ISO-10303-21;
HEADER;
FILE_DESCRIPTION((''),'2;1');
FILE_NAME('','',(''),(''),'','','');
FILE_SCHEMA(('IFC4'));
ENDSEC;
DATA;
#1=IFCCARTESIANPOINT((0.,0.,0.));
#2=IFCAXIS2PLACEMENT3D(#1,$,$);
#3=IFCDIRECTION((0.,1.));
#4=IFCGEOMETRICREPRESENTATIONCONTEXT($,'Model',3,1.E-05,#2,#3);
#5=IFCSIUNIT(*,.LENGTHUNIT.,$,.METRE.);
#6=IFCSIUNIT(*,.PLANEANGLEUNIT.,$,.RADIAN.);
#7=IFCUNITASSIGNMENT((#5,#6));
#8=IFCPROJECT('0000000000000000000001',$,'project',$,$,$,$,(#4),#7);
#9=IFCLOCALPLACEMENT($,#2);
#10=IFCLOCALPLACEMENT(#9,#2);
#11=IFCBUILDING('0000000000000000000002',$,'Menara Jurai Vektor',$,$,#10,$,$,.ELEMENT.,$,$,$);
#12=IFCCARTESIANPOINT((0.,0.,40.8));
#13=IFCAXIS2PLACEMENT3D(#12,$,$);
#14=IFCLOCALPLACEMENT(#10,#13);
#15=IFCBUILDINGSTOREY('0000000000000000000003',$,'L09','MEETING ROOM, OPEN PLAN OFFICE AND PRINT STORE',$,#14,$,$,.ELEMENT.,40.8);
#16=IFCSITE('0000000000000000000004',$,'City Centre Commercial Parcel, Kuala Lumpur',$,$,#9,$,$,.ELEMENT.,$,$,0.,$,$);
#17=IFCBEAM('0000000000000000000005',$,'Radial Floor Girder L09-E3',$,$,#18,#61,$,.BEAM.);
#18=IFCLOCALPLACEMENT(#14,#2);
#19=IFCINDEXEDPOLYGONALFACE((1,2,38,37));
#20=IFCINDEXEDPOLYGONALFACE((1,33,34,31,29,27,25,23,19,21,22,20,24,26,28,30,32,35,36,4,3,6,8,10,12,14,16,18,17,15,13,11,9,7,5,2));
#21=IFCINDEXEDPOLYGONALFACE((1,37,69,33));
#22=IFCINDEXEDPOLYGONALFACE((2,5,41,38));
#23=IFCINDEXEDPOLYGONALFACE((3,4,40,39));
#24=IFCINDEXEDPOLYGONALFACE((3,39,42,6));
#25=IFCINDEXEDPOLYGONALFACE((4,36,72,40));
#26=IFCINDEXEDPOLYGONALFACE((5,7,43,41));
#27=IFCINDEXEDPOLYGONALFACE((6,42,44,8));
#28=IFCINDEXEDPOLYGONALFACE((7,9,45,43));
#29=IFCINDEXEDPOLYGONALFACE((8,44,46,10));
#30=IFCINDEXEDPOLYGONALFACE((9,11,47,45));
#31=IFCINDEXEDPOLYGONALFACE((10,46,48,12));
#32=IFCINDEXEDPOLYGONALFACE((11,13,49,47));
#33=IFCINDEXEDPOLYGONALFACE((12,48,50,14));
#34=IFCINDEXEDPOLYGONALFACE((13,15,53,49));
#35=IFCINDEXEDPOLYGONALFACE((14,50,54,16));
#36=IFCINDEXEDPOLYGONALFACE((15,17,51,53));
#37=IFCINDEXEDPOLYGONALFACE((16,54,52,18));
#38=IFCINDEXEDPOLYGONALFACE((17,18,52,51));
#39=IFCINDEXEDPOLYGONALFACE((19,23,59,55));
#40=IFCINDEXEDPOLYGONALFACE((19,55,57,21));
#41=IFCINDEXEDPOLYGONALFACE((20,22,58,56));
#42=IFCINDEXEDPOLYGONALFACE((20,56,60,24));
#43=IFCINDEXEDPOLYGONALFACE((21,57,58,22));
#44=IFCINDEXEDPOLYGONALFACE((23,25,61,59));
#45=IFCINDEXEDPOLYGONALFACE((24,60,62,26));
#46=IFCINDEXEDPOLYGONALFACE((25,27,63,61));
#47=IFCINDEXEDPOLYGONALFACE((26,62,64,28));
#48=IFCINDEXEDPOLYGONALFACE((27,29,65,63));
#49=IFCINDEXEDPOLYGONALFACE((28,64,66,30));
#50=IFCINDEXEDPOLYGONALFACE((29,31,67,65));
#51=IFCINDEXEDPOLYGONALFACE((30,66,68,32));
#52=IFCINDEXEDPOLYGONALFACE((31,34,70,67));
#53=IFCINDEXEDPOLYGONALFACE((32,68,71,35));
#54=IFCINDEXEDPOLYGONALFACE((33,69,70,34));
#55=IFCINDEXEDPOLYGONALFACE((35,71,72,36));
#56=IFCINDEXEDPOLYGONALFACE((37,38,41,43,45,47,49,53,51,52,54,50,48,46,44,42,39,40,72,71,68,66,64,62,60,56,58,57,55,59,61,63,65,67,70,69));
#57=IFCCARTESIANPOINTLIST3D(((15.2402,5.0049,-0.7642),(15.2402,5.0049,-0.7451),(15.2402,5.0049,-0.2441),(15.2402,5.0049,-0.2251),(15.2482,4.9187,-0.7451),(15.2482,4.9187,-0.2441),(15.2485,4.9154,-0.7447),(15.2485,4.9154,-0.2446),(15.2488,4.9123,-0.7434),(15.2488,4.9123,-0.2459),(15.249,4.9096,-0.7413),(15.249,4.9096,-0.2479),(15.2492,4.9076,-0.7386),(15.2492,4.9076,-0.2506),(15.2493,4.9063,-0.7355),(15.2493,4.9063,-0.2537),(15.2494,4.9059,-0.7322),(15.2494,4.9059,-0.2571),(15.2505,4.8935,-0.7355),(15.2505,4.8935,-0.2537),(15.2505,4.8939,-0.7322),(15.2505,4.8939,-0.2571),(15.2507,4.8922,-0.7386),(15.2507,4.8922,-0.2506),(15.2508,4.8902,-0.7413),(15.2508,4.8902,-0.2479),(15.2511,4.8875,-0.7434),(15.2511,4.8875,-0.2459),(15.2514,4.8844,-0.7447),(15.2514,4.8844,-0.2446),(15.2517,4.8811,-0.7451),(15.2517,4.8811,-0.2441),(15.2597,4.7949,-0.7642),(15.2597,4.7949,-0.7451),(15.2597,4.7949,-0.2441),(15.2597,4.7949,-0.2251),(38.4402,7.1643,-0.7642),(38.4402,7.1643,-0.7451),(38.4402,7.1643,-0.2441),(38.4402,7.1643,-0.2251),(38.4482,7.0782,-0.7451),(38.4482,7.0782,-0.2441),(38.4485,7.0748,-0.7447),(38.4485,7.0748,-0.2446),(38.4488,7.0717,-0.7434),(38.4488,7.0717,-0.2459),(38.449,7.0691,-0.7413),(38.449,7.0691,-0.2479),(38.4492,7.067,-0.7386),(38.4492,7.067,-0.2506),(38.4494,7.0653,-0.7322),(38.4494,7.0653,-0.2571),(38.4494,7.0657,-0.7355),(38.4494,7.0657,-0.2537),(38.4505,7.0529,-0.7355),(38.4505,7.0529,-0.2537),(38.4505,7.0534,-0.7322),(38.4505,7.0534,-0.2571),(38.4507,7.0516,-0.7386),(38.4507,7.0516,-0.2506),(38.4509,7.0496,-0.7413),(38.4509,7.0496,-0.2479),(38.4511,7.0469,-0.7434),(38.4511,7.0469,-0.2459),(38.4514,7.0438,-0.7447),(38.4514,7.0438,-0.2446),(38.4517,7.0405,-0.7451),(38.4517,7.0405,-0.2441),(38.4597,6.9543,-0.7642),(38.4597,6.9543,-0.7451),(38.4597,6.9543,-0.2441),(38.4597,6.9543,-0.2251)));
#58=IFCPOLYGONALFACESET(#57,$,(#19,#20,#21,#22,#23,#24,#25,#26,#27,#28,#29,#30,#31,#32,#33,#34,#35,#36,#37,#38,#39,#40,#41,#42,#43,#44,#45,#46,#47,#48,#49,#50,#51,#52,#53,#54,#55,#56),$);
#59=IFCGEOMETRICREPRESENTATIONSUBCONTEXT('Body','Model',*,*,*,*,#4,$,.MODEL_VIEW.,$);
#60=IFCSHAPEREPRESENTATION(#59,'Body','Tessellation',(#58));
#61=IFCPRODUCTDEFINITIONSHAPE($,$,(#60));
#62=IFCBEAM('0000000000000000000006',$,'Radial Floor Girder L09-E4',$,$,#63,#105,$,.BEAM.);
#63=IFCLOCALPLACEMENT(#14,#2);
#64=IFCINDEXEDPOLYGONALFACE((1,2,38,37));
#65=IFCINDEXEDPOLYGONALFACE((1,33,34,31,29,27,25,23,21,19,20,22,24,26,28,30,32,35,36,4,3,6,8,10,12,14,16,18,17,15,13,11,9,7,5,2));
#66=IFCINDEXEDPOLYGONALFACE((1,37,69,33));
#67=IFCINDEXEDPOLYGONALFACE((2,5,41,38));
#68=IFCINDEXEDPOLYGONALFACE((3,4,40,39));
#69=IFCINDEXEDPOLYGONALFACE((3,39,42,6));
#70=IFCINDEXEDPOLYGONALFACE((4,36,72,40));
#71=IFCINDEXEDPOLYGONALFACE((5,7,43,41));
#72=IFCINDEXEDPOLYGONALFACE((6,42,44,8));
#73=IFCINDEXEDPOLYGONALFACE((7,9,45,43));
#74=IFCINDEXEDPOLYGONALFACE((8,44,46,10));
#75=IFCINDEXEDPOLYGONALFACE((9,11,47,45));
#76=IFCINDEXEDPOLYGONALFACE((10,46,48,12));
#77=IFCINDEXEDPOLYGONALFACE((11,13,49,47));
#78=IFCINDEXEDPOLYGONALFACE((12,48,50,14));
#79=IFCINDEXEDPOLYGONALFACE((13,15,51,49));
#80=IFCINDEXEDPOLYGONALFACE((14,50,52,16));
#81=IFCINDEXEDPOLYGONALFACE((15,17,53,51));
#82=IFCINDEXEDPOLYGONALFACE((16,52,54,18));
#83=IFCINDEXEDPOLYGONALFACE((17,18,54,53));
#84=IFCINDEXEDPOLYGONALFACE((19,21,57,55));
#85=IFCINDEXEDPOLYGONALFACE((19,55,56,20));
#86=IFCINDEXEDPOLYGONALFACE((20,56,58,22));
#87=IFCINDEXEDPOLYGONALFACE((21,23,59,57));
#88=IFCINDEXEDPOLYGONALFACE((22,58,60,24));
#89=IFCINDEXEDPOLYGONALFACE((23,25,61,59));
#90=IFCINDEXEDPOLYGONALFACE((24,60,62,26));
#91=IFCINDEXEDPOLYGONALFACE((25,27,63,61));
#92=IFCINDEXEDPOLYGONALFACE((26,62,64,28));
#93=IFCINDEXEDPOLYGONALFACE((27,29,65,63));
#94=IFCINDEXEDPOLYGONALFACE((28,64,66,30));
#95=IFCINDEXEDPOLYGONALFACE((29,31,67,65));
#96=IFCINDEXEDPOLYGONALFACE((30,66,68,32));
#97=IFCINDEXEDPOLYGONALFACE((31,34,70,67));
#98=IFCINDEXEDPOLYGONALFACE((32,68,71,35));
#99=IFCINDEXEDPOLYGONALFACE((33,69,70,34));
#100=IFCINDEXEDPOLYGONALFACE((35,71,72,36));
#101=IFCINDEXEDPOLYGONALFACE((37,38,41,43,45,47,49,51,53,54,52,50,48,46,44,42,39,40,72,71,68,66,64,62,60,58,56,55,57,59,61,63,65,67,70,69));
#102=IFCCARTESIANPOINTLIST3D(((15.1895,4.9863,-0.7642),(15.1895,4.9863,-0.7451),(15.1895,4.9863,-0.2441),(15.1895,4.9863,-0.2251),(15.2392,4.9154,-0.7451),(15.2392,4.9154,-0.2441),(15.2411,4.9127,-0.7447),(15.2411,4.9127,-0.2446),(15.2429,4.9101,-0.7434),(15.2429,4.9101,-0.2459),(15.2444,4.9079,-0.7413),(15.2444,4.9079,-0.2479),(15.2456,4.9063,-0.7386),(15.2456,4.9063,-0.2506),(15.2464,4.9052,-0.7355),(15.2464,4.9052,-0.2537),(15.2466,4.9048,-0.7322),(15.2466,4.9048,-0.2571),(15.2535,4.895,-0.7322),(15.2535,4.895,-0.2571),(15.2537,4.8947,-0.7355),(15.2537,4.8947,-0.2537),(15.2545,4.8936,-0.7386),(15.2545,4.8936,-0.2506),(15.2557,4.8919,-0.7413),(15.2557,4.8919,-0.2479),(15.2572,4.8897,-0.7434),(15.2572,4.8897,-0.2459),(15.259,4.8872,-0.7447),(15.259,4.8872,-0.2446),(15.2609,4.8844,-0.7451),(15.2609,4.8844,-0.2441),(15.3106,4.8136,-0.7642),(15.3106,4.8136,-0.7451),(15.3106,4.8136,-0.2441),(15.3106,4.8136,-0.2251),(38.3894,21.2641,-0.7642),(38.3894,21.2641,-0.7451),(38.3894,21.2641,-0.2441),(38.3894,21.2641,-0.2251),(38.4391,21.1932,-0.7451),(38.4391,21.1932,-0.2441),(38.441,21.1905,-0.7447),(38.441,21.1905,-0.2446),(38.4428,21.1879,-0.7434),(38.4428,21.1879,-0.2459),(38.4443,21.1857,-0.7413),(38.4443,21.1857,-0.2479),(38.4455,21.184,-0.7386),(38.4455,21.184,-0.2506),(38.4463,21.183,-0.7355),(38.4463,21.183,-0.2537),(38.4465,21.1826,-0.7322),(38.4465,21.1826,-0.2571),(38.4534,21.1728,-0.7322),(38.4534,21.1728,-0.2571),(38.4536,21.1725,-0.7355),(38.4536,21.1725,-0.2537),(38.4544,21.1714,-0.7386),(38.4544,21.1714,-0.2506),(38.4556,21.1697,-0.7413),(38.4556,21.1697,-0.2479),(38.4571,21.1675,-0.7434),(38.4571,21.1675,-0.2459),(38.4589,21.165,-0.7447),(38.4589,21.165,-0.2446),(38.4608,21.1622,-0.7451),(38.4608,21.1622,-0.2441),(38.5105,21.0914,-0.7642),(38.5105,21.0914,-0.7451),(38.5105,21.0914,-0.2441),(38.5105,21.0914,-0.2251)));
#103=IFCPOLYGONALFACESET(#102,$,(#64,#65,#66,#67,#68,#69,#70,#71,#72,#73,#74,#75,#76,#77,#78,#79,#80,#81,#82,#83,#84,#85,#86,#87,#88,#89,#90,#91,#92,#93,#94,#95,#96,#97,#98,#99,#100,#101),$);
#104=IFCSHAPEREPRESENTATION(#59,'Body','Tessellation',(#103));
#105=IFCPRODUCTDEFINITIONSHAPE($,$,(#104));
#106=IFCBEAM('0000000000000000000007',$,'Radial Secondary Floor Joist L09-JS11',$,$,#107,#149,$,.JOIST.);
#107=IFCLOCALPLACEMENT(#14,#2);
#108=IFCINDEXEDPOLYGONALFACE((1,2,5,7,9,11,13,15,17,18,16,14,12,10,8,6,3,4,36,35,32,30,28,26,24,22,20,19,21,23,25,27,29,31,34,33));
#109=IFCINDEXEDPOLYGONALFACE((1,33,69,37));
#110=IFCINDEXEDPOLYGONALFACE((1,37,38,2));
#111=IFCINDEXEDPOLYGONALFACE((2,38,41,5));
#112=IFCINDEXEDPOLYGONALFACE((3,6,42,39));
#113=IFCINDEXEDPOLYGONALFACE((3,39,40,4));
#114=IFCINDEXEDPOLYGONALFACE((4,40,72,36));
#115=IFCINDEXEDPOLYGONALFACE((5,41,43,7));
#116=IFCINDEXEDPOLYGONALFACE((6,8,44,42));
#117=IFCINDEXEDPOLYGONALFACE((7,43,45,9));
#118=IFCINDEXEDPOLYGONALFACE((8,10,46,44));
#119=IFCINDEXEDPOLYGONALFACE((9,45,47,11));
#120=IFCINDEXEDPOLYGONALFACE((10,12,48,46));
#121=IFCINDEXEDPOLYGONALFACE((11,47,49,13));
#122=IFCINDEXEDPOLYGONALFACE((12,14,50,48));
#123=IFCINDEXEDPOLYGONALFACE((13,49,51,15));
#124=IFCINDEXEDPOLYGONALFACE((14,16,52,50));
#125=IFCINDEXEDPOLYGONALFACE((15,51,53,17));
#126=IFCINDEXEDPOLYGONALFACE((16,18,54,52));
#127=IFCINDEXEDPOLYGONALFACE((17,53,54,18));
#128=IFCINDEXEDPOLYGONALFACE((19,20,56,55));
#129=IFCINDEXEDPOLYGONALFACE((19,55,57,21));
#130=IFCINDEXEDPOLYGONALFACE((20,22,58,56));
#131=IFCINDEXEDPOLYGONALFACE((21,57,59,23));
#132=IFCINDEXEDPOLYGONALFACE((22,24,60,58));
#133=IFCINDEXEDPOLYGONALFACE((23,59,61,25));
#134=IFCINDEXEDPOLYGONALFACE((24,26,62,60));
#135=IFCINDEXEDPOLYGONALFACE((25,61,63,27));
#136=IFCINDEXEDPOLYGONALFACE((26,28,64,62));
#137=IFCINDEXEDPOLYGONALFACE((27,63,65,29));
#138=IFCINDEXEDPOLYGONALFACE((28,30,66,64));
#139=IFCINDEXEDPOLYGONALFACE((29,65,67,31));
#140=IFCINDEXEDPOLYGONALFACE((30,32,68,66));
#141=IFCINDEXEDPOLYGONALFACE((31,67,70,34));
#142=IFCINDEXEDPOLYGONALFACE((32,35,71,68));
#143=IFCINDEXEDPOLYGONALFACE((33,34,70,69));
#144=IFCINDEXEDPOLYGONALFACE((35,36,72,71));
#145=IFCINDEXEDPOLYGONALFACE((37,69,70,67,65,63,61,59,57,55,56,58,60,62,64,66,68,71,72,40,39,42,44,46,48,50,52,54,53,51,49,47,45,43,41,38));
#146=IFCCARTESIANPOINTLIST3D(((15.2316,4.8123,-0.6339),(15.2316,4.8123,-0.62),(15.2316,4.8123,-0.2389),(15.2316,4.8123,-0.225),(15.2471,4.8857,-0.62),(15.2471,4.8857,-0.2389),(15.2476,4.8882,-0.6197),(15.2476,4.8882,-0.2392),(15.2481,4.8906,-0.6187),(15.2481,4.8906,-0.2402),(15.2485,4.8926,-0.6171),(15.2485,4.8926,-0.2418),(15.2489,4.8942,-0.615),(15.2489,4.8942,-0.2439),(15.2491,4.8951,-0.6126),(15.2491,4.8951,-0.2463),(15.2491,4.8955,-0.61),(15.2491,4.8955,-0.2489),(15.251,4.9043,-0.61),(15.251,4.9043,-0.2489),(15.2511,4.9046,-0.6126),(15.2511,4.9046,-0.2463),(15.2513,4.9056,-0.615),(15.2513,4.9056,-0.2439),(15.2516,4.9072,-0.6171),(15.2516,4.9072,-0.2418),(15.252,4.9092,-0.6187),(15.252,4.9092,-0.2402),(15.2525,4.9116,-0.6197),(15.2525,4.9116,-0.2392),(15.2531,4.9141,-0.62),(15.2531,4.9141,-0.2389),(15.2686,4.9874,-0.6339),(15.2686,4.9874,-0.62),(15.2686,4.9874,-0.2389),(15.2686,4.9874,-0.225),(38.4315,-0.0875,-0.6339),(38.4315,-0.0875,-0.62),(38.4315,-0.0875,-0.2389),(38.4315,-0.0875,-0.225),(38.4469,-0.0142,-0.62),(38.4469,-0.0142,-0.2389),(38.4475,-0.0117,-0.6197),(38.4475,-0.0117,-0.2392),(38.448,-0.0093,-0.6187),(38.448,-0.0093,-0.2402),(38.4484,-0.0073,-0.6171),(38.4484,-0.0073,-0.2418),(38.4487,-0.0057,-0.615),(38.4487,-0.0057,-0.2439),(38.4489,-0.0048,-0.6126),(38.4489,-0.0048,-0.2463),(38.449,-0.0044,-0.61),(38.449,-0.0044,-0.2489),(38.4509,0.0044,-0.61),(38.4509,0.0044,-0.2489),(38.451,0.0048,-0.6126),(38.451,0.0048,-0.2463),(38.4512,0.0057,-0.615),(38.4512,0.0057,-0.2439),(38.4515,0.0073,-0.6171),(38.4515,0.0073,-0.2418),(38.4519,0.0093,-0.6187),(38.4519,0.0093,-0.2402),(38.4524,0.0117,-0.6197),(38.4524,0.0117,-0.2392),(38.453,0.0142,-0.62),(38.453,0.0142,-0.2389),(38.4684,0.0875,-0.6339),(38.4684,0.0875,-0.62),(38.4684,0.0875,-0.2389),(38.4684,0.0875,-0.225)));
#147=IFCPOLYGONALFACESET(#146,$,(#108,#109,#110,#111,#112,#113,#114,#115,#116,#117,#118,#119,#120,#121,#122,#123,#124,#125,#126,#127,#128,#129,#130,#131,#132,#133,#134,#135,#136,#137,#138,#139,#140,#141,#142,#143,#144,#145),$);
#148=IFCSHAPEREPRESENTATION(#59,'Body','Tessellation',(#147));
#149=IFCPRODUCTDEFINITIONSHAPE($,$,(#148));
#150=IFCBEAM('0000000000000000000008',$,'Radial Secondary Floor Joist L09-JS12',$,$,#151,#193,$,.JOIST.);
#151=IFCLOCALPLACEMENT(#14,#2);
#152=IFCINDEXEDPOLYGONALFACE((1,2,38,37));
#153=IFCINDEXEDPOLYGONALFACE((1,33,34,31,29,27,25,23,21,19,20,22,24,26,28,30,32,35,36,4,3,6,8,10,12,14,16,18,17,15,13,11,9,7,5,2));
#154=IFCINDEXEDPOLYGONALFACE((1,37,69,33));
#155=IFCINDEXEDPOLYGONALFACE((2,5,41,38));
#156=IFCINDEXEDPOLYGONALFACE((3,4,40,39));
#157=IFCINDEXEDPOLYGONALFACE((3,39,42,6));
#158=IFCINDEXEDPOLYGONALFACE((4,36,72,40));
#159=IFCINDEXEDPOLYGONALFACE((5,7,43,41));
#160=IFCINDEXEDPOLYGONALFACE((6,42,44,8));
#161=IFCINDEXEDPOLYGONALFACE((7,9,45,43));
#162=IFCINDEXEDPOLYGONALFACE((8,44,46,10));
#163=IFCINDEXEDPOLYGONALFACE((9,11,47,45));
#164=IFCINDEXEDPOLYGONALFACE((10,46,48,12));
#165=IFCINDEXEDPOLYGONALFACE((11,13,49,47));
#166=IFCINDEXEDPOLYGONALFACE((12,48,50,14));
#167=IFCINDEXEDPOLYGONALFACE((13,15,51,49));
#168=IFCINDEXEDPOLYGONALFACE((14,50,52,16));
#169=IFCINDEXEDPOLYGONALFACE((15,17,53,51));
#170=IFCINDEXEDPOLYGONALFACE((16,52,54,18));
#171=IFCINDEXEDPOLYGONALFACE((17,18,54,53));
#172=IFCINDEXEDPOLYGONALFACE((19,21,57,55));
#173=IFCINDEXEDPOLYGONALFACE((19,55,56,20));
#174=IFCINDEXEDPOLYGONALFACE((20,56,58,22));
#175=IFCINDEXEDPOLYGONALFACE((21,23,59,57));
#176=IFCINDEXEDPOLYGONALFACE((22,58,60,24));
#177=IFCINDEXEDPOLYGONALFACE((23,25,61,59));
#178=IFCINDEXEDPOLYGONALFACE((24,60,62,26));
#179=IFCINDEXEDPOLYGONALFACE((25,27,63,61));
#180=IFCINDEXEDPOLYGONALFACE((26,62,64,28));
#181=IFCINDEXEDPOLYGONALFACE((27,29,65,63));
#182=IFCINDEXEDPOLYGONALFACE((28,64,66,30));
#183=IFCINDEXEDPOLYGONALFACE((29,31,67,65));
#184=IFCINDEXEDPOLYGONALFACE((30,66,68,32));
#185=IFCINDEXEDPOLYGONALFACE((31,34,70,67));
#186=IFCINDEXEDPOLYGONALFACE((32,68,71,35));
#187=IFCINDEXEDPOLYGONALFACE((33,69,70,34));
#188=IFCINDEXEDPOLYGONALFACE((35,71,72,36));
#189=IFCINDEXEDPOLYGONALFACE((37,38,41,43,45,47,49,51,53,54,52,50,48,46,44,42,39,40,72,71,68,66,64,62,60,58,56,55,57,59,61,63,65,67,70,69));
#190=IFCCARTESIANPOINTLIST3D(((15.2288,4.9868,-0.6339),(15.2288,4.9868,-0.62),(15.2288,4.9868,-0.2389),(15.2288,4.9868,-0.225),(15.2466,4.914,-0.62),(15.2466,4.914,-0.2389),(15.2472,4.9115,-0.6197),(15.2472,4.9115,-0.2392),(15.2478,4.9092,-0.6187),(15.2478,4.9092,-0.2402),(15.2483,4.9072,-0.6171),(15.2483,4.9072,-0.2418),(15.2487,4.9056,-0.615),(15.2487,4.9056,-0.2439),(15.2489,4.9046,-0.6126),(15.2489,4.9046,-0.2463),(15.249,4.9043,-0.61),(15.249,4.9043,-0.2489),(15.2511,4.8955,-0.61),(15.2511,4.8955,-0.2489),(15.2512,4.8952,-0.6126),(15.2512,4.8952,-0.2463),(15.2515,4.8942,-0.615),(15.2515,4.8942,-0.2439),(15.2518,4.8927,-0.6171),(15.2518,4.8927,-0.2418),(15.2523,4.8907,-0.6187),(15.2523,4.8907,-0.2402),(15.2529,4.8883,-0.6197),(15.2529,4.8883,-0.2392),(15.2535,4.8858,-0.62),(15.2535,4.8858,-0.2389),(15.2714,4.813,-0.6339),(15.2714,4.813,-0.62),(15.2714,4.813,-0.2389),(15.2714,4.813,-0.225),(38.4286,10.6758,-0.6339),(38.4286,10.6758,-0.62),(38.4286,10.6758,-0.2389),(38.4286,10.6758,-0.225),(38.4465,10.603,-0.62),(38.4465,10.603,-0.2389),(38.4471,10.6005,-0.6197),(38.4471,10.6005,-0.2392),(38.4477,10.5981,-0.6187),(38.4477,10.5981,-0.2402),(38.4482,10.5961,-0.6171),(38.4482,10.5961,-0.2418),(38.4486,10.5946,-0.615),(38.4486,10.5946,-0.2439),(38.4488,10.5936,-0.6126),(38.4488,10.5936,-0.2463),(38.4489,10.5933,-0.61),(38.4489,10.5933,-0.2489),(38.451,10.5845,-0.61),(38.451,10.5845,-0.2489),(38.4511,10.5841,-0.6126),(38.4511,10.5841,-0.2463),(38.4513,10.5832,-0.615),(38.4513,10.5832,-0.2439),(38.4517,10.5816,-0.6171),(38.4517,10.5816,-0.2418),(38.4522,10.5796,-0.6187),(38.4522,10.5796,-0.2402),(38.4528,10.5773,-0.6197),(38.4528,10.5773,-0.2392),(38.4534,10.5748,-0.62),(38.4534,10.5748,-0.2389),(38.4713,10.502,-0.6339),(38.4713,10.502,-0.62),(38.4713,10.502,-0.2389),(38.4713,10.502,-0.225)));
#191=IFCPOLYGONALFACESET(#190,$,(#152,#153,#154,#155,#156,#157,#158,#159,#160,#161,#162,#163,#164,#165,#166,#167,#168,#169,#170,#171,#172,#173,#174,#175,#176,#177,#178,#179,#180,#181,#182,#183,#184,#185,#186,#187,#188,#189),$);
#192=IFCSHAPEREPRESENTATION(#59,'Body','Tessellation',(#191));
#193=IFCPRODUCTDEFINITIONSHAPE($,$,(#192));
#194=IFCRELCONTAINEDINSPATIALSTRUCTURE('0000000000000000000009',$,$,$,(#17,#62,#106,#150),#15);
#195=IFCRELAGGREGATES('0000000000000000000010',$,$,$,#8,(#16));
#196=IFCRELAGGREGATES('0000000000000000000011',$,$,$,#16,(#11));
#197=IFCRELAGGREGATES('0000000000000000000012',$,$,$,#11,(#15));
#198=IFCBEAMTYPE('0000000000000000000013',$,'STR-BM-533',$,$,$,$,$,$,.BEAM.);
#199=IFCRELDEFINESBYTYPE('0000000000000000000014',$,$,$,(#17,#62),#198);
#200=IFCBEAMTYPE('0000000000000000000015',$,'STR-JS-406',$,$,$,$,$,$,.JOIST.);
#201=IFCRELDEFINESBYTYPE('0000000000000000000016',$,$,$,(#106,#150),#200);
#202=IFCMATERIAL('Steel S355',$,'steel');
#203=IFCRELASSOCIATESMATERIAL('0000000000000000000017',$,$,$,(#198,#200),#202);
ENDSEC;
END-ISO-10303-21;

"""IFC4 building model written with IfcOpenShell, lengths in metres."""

from ifc_helpers import new_model, si_unit, direction, frame, origin, origin_2d, place, context, subcontext, project, spatial, i_section, extrude, material, material_profile, profile_set, type_object, element, save


model = new_model("IFC4")

# Units and contexts
model_context = context("Model", 3, precision=1e-05, world=origin(), true_north=direction((0.0, 1.0)))
body_context = subcontext(model_context, "Body", "Model", "MODEL_VIEW")
ifc_project = project(units=[si_unit("LENGTHUNIT", "METRE"), si_unit("PLANEANGLEUNIT", "RADIAN")], contexts=[model_context])

# Site, building, storey
site_placement = place(None, origin())
site = spatial("IfcSite", under=ifc_project, at=site_placement, Name="City Centre Commercial Parcel, Kuala Lumpur", CompositionType="ELEMENT", RefElevation=0.0)
building_placement = place(site_placement, origin())
building = spatial("IfcBuilding", under=site, at=building_placement, Name="Menara Jurai Vektor", CompositionType="ELEMENT")
storey_placement = place(building_placement, frame((0.0, 0.0, 40.8)))
storey = spatial("IfcBuildingStorey", under=building, at=storey_placement, Name="L09", Description="MEETING ROOM, OPEN PLAN OFFICE AND PRINT STORE", CompositionType="ELEMENT", Elevation=40.8)

# Beams
ifc_material_1 = material(Name="Steel S355", Category="steel")
ifc_material_profile_1 = material_profile(ifc_material_1, i_section(OverallWidth=0.2109, OverallDepth=0.5391, WebThickness=0.012, FlangeThickness=0.019, FilletRadius=0.0129, at=origin_2d()), Name="UKB 533x210x109")
ifc_profile_set_1 = profile_set([ifc_material_profile_1], Name="Steel S355")
beam_type_1 = type_object("IfcBeamType", Name="STR-BM-533", PredefinedType="BEAM", material=ifc_profile_set_1)
beam_1_placement = place(storey_placement, frame((38.45, 7.0593, -0.4946), z_axis=(-0.995696, -0.092678, 0.0), x_axis=(0.092678, -0.995696, 0.0)))
element("IfcBeam", 1, at=beam_1_placement, inside=storey, type_object=beam_type_1, Name="Radial Floor Girder L09-E3", PredefinedType="BEAM", context=body_context, shape_type="SweptSolid", body=[
    extrude(i_section(OverallWidth=0.2109, OverallDepth=0.5391, WebThickness=0.012, FlangeThickness=0.019, FilletRadius=0.0129, at=origin_2d()), origin(), (0.0, 0.0, 1.0), 23.3003),
])
beam_2_placement = place(storey_placement, frame((38.45, 21.1777, -0.4946), z_axis=(-0.818604, -0.574359, 0.0), x_axis=(0.574359, -0.818604, 0.0)))
element("IfcBeam", 2, at=beam_2_placement, inside=storey, type_object=beam_type_1, Name="Radial Floor Girder L09-E4", PredefinedType="BEAM", context=body_context, shape_type="SweptSolid", body=[
    extrude(i_section(OverallWidth=0.2109, OverallDepth=0.5391, WebThickness=0.012, FlangeThickness=0.019, FilletRadius=0.0129, at=origin_2d()), origin(), (0.0, 0.0, 1.0), 28.3408),
])
ifc_material_profile_2 = material_profile(ifc_material_1, i_section(OverallWidth=0.179, OverallDepth=0.4089, WebThickness=0.009, FlangeThickness=0.0139, FilletRadius=0.01, at=origin_2d()), Name="UKB 406x178x67")
ifc_profile_set_2 = profile_set([ifc_material_profile_2], Name="Steel S355")
beam_type_2 = type_object("IfcBeamType", Name="STR-JS-406", PredefinedType="JOIST", material=ifc_profile_set_2)
beam_3_placement = place(storey_placement, frame((38.45, 0.0, -0.4294), z_axis=(-0.978416, 0.206645, 0.0), x_axis=(-0.206645, -0.978416, 0.0)))
element("IfcBeam", 3, at=beam_3_placement, inside=storey, type_object=beam_type_2, Name="Radial Secondary Floor Joist L09-JS11", PredefinedType="JOIST", context=body_context, shape_type="SweptSolid", body=[
    extrude(i_section(OverallWidth=0.179, OverallDepth=0.4089, WebThickness=0.009, FlangeThickness=0.0139, FilletRadius=0.01, at=origin_2d()), origin(), (0.0, 0.0, 1.0), 23.7117),
])
beam_4_placement = place(storey_placement, frame((38.45, 10.5889, -0.4294), z_axis=(-0.971226, -0.238159, 0.0), x_axis=(0.238159, -0.971226, 0.0)))
element("IfcBeam", 4, at=beam_4_placement, inside=storey, type_object=beam_type_2, Name="Radial Secondary Floor Joist L09-JS12", PredefinedType="JOIST", context=body_context, shape_type="SweptSolid", body=[
    extrude(i_section(OverallWidth=0.179, OverallDepth=0.4089, WebThickness=0.009, FlangeThickness=0.0139, FilletRadius=0.01, at=origin_2d()), origin(), (0.0, 0.0, 1.0), 23.8872),
])

save(model, "model.ifc")
